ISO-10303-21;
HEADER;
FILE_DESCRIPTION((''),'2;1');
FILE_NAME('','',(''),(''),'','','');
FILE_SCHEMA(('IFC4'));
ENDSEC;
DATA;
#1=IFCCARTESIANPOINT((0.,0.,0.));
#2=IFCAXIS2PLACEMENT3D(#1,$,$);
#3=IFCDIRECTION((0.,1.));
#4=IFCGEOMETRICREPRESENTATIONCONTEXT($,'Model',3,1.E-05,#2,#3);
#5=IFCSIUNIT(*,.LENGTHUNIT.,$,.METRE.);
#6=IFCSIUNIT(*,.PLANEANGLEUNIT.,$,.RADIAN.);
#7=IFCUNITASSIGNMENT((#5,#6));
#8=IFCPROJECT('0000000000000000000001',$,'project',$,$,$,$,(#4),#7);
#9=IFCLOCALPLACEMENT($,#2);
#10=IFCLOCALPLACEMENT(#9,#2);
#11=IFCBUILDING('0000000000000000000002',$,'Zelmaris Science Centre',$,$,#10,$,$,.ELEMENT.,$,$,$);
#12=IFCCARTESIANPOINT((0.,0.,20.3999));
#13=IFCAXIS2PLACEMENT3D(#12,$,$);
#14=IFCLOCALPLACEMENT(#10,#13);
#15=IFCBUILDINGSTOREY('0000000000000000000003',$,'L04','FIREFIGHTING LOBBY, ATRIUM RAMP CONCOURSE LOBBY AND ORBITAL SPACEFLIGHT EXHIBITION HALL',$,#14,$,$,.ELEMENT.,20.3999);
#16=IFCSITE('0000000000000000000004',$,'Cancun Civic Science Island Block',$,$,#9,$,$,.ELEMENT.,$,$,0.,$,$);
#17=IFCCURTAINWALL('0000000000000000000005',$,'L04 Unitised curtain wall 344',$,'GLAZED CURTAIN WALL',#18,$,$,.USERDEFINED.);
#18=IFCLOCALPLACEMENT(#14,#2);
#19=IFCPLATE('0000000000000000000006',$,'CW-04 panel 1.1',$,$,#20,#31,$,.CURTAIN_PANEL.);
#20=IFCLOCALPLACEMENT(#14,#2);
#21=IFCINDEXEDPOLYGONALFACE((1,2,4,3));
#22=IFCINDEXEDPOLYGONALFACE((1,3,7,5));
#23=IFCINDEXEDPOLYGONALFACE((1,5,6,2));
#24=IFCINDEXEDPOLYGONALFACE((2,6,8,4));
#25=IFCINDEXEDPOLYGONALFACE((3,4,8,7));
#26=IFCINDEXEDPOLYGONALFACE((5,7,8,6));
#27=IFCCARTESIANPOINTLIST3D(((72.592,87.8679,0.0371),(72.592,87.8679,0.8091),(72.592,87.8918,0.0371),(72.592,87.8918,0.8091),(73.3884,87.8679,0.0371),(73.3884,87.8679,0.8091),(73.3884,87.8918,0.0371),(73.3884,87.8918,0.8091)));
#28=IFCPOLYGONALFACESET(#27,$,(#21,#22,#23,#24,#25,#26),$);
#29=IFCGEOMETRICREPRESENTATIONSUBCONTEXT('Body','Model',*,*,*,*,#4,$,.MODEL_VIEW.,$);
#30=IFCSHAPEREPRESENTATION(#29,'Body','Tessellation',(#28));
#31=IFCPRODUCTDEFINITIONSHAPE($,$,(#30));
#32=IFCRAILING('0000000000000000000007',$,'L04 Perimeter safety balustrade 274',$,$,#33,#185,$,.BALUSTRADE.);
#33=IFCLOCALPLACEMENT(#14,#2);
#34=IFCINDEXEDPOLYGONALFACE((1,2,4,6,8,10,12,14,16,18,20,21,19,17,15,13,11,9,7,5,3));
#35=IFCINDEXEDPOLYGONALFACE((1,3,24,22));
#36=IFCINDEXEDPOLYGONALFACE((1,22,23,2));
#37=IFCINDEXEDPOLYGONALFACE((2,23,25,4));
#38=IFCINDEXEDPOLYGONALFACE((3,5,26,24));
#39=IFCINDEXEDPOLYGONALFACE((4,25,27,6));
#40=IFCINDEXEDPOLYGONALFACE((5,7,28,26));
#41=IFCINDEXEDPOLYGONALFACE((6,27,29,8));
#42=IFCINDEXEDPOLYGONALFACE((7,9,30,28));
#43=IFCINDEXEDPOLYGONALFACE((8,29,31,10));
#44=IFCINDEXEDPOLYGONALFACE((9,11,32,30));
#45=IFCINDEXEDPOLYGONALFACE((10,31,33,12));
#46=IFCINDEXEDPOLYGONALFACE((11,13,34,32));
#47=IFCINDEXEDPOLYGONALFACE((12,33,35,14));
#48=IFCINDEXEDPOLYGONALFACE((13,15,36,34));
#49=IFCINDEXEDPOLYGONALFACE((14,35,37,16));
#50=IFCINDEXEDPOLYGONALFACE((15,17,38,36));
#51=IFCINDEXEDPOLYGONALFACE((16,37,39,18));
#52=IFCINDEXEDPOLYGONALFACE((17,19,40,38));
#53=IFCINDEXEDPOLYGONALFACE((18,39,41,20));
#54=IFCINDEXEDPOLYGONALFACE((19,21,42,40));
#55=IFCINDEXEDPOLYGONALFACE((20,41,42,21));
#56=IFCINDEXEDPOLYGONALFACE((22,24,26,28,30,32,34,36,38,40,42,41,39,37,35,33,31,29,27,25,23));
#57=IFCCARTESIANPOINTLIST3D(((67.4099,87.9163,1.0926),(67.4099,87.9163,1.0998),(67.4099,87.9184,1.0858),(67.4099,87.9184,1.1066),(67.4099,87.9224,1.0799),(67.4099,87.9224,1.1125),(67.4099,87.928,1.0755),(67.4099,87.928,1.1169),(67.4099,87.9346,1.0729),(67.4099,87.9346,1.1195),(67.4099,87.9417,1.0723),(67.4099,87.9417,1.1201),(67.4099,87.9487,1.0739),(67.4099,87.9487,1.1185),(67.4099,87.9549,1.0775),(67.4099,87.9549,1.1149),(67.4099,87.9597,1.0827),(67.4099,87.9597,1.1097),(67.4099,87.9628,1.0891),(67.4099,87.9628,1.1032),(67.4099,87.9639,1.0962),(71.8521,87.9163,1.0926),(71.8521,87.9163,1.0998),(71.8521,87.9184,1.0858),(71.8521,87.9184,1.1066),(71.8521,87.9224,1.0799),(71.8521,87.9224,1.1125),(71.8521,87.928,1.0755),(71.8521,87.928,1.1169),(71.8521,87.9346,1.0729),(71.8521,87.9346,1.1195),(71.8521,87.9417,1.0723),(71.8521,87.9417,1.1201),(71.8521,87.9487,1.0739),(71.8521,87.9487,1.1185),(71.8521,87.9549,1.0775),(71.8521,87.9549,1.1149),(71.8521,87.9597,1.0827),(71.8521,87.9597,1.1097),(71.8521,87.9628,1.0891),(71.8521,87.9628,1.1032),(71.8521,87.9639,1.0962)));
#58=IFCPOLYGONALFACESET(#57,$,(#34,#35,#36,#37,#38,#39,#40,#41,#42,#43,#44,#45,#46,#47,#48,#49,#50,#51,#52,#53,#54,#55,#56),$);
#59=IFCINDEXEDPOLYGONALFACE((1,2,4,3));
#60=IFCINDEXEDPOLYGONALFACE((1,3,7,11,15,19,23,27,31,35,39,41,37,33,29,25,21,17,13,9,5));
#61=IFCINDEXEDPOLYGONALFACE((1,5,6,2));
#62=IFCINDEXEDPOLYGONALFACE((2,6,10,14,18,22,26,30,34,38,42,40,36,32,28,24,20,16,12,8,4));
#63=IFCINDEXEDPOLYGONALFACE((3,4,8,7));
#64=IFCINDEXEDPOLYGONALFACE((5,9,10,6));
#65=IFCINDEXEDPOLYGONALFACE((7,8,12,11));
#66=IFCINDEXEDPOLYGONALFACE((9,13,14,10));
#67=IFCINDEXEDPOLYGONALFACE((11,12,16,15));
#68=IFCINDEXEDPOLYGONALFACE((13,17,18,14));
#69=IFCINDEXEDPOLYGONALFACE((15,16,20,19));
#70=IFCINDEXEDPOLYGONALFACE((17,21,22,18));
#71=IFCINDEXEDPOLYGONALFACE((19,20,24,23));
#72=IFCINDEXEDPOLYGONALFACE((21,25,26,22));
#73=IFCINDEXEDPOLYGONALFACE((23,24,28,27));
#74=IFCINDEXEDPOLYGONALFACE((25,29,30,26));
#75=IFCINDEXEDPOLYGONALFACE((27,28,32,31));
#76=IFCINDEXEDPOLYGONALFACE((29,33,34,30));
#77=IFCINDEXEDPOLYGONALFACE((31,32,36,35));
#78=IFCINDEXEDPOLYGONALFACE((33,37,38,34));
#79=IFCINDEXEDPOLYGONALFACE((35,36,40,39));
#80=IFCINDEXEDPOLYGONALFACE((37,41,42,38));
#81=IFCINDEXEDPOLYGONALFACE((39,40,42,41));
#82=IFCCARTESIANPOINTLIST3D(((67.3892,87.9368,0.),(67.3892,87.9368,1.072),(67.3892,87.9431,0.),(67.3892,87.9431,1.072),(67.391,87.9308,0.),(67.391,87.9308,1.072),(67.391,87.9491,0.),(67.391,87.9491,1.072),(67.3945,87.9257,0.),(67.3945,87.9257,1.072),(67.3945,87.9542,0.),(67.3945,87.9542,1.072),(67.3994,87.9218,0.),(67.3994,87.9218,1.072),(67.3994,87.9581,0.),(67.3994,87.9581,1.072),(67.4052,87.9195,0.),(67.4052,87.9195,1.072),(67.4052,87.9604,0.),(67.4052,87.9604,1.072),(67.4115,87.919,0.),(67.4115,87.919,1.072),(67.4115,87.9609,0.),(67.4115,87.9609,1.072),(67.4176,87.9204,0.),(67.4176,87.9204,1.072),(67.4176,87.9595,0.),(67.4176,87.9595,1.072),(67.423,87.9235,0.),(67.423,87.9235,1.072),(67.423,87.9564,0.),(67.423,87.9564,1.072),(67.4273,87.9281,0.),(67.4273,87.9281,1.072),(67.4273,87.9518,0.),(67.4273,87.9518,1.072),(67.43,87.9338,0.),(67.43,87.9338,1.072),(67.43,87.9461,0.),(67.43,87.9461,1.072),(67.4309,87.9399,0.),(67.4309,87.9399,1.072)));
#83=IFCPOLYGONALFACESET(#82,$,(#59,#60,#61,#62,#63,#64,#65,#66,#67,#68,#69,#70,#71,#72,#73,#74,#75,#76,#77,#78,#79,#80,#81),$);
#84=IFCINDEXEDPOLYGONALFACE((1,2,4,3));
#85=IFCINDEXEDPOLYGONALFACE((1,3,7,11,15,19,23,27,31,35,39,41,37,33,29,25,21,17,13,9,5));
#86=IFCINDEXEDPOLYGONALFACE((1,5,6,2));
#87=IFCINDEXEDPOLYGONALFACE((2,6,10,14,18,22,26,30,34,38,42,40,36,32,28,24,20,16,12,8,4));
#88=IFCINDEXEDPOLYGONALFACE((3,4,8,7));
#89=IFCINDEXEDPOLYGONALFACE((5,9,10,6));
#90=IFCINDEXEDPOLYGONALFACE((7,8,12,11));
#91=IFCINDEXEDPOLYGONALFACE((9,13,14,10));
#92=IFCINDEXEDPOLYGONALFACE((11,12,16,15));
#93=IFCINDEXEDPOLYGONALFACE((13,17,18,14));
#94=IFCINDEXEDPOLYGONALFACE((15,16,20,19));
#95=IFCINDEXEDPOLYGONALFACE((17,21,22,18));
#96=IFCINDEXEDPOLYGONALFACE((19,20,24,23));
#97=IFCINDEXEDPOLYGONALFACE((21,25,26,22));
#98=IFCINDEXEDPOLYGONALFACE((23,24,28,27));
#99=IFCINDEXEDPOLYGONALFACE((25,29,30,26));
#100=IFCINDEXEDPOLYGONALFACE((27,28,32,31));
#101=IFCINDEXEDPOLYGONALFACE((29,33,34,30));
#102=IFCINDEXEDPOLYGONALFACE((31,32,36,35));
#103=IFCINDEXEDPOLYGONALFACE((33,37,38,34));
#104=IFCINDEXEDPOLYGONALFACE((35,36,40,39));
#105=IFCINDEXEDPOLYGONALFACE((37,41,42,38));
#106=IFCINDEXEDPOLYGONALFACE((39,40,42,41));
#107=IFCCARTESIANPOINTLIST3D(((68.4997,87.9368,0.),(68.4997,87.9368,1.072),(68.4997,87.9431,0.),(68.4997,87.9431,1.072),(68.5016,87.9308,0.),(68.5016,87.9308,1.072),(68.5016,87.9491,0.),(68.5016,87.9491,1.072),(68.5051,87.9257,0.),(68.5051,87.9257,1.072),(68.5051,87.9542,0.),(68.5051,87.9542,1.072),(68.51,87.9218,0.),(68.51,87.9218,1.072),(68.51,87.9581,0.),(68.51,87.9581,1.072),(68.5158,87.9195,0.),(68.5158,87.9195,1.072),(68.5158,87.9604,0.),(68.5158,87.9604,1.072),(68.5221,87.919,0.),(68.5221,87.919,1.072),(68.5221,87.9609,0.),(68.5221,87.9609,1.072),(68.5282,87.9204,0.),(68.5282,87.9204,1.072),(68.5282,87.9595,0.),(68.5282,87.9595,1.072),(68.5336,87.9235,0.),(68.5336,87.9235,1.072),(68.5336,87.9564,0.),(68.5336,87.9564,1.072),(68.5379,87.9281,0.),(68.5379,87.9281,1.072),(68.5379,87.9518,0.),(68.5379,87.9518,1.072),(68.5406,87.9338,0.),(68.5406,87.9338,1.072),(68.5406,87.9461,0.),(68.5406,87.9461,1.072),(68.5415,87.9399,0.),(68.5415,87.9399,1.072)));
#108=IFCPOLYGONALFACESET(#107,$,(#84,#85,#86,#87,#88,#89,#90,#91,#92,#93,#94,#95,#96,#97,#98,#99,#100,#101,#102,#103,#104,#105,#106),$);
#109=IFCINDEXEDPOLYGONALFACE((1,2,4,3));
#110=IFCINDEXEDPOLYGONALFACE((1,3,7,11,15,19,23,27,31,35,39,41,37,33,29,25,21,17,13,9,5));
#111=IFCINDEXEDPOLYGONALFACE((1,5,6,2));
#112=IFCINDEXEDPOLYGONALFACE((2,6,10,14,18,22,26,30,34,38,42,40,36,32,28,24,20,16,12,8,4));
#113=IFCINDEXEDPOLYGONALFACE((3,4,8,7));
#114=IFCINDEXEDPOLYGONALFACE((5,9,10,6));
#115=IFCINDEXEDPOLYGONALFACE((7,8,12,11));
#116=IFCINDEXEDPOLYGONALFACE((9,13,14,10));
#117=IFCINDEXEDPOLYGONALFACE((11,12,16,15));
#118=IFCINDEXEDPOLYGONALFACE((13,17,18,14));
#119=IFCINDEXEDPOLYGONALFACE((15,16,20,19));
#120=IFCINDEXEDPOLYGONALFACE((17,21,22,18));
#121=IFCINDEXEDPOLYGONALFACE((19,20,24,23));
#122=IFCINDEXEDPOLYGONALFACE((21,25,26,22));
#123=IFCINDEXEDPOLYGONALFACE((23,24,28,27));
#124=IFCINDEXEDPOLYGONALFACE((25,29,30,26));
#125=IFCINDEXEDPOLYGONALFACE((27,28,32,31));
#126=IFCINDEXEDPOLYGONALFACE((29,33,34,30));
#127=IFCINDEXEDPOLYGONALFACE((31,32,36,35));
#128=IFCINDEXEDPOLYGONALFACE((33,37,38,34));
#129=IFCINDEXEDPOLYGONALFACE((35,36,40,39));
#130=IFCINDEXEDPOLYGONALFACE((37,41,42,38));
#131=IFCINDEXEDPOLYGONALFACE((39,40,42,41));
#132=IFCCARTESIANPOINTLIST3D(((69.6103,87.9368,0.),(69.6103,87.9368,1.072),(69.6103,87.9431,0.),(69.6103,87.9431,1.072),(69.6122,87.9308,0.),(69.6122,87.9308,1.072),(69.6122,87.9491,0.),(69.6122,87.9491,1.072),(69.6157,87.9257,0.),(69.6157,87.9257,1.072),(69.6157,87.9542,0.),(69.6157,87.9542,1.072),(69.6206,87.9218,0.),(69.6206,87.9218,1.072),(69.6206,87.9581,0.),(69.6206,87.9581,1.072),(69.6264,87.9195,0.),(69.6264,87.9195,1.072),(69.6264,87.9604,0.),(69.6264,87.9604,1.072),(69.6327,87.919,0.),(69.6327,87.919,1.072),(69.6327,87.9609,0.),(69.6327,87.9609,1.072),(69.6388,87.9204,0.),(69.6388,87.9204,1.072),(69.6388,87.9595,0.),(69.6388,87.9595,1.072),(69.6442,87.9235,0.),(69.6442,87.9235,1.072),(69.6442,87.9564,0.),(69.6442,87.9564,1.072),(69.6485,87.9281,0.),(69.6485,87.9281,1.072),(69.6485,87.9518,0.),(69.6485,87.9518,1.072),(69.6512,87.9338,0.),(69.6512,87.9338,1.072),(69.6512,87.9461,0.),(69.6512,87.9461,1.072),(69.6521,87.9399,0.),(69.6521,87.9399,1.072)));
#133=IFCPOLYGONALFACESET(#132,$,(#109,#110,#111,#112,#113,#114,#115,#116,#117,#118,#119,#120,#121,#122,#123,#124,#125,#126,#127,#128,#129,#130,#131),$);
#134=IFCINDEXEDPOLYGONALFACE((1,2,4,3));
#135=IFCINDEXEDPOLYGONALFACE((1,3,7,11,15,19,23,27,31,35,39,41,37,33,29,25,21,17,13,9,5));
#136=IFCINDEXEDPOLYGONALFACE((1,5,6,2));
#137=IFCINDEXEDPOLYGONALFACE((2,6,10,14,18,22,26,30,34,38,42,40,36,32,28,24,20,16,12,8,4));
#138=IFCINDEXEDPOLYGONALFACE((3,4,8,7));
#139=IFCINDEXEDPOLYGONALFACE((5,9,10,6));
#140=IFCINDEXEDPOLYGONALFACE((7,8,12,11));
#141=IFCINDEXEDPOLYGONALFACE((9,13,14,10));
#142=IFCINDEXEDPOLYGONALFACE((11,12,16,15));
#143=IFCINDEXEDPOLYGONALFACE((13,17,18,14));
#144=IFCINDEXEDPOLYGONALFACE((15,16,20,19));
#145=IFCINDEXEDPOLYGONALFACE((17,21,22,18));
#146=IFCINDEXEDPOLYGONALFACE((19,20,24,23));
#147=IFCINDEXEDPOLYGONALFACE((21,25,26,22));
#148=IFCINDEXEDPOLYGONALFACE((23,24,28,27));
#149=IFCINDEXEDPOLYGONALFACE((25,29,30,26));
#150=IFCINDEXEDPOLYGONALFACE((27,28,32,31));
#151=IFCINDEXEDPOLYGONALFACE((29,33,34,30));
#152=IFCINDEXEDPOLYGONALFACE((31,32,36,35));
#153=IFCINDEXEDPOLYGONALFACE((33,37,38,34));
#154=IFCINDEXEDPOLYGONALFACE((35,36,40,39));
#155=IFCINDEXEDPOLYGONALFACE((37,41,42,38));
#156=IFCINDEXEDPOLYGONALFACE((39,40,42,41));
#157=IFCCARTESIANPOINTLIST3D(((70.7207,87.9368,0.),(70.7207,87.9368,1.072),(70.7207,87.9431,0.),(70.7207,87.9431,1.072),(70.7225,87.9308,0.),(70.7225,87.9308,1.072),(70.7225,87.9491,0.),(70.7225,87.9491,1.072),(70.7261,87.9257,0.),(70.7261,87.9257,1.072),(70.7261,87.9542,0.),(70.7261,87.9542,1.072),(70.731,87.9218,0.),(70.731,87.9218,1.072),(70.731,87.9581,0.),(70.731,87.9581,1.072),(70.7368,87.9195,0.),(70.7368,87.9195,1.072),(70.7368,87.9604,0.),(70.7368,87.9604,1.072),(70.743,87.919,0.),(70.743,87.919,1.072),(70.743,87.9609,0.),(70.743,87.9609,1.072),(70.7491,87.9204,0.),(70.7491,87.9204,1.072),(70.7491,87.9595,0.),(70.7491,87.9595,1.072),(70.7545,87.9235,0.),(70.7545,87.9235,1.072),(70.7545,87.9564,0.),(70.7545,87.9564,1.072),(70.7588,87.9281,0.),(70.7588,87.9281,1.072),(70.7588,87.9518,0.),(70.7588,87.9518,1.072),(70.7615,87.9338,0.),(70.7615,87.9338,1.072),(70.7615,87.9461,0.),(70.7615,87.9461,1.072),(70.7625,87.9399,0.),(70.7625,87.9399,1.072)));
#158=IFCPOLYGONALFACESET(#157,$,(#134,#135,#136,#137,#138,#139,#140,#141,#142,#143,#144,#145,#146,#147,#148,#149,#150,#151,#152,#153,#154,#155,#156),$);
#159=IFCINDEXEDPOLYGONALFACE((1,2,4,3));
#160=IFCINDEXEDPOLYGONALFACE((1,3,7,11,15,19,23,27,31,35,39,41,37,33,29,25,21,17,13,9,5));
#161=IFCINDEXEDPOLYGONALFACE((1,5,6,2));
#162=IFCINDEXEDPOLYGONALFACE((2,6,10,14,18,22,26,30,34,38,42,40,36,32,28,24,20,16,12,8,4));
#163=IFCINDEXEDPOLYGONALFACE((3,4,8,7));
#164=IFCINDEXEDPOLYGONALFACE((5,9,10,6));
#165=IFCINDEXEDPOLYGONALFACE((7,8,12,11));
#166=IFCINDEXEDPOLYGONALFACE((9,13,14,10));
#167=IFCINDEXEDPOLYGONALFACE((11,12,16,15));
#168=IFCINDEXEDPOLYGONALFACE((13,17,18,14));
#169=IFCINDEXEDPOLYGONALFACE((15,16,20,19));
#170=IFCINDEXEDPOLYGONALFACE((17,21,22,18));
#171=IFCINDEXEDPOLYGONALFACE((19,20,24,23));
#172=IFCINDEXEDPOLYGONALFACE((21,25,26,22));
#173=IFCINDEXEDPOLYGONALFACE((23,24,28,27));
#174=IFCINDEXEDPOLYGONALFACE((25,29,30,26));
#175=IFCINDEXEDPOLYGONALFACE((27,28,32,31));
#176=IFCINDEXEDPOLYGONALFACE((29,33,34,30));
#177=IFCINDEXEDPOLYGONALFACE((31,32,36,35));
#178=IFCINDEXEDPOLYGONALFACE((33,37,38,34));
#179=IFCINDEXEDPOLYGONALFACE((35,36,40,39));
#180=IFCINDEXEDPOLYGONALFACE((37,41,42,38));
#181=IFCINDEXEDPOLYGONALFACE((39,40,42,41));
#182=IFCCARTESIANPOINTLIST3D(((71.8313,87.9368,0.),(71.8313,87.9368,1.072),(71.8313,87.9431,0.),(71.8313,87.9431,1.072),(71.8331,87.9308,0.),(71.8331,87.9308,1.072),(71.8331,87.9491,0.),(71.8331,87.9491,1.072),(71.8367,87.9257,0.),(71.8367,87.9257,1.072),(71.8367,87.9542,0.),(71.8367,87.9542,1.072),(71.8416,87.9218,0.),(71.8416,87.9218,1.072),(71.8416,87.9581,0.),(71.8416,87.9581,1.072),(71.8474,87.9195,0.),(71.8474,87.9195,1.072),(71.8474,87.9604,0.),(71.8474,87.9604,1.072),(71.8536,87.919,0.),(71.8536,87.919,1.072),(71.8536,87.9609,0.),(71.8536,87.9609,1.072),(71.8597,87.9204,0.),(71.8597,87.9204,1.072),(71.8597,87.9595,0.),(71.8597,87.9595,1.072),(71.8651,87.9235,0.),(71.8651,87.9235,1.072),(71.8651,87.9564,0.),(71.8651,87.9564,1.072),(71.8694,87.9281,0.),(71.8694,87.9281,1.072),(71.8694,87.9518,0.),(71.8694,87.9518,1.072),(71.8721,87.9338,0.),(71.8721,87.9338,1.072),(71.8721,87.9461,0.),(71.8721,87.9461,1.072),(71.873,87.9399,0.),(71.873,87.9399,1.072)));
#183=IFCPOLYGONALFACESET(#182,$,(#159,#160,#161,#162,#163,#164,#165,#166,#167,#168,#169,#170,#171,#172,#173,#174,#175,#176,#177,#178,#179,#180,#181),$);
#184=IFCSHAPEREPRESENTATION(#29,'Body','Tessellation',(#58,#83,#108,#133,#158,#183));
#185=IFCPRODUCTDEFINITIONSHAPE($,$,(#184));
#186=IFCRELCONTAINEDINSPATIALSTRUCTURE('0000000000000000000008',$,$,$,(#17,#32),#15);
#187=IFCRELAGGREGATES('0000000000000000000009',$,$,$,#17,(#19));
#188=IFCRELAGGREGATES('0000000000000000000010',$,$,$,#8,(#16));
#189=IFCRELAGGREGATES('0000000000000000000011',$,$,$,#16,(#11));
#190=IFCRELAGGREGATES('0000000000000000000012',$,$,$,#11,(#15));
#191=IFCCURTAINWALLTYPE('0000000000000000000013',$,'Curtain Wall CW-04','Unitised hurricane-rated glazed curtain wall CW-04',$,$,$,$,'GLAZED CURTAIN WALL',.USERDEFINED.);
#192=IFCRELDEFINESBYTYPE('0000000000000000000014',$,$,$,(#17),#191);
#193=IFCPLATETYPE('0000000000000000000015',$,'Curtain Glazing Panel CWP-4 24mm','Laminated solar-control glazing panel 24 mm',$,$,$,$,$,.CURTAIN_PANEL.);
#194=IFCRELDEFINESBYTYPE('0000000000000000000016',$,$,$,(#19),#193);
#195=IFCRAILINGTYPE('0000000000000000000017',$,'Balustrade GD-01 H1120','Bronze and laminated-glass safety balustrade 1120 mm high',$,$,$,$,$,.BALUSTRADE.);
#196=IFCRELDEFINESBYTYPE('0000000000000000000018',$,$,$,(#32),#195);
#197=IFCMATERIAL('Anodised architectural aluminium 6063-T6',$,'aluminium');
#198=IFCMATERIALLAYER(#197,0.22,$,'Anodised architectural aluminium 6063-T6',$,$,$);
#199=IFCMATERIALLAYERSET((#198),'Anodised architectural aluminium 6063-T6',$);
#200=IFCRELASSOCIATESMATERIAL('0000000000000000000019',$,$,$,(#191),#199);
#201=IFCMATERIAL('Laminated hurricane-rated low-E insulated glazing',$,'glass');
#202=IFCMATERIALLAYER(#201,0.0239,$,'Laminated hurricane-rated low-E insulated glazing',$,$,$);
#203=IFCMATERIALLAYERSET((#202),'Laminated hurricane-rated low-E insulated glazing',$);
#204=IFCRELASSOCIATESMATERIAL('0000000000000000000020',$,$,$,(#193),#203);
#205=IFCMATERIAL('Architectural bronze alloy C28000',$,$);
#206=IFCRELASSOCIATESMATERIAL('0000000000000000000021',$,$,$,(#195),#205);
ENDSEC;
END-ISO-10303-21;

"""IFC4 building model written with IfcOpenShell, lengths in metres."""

from ifc_helpers import new_model, si_unit, direction, frame, origin, origin_2d, place, context, subcontext, project, spatial, rectangle, circle, extrude, material, layer, layer_set, type_object, element, aggregate, save


model = new_model("IFC4")

# Units and contexts
model_context = context("Model", 3, precision=1e-05, world=origin(), true_north=direction((0.0, 1.0)))
body_context = subcontext(model_context, "Body", "Model", "MODEL_VIEW")
ifc_project = project(units=[si_unit("LENGTHUNIT", "METRE"), si_unit("PLANEANGLEUNIT", "RADIAN")], contexts=[model_context])

# Site, building, storey
site_placement = place(None, origin())
site = spatial("IfcSite", under=ifc_project, at=site_placement, Name="Cancun Civic Science Island Block", CompositionType="ELEMENT", RefElevation=0.0)
building_placement = place(site_placement, origin())
building = spatial("IfcBuilding", under=site, at=building_placement, Name="Zelmaris Science Centre", CompositionType="ELEMENT")
storey_placement = place(building_placement, frame((0.0, 0.0, 20.3999)))
storey = spatial("IfcBuildingStorey", under=building, at=storey_placement, Name="L04", Description="FIREFIGHTING LOBBY, ATRIUM RAMP CONCOURSE LOBBY AND ORBITAL SPACEFLIGHT EXHIBITION HALL", CompositionType="ELEMENT", Elevation=20.3999)

# Curtain wall
ifc_material_1 = material(Name="Anodised architectural aluminium 6063-T6", Category="aluminium")
ifc_layer_1 = layer(ifc_material_1, 0.22, Name="Anodised architectural aluminium 6063-T6")
ifc_layer_set_1 = layer_set([ifc_layer_1], Name="Anodised architectural aluminium 6063-T6")
curtain_wall_type_1 = type_object("IfcCurtainWallType", Name="Curtain Wall CW-04", Description="Unitised hurricane-rated glazed curtain wall CW-04", ElementType="GLAZED CURTAIN WALL", PredefinedType="USERDEFINED", material=ifc_layer_set_1)
curtain_wall_1_placement = place(storey_placement, origin())
curtain_wall_1 = element("IfcCurtainWall", 1, at=curtain_wall_1_placement, inside=storey, type_object=curtain_wall_type_1, Name="L04 Unitised curtain wall 344", ObjectType="GLAZED CURTAIN WALL", PredefinedType="USERDEFINED")

# Plate
ifc_material_2 = material(Name="Laminated hurricane-rated low-E insulated glazing", Category="glass")
ifc_layer_2 = layer(ifc_material_2, 0.0239, Name="Laminated hurricane-rated low-E insulated glazing")
ifc_layer_set_2 = layer_set([ifc_layer_2], Name="Laminated hurricane-rated low-E insulated glazing")
plate_type_1 = type_object("IfcPlateType", Name="Curtain Glazing Panel CWP-4 24mm", Description="Laminated solar-control glazing panel 24 mm", PredefinedType="CURTAIN_PANEL", material=ifc_layer_set_2)
plate_1_placement = place(storey_placement, frame((72.9902, 87.8799, 0.0371), z_axis=(0.0, 0.0, 1.0), x_axis=(1.0, 0.0, 0.0)))
plate_1 = element("IfcPlate", 2, at=plate_1_placement, type_object=plate_type_1, Name="CW-04 panel 1.1", PredefinedType="CURTAIN_PANEL", context=body_context, shape_type="SweptSolid", body=[
    extrude(rectangle(XDim=0.7964, YDim=0.0239, at=origin_2d()), origin(), (0.0, 0.0, 1.0), 0.772),
])
aggregate(curtain_wall_1, [plate_1])

# Railing
ifc_material_3 = material(Name="Architectural bronze alloy C28000")
railing_type = type_object("IfcRailingType", Name="Balustrade GD-01 H1120", Description="Bronze and laminated-glass safety balustrade 1120 mm high", PredefinedType="BALUSTRADE", material=ifc_material_3)
railing_1_placement = place(storey_placement, frame((67.4099, 87.9399, 0.0)))
element("IfcRailing", 3, at=railing_1_placement, inside=storey, type_object=railing_type, Name="L04 Perimeter safety balustrade 274", PredefinedType="BALUSTRADE", context=body_context, shape_type="SweptSolid", body=[
    extrude(circle(Radius=0.0239, at=origin_2d()), frame((0.0, 0.0, 1.0962), z_axis=(1.0, 0.0, 0.0), x_axis=(0.0, 1.0, 0.0)), (0.0, 0.0, 1.0), 4.4421),
    extrude(circle(Radius=0.021, at=origin_2d()), origin(), (0.0, 0.0, 1.0), 1.072),
    extrude(circle(Radius=0.021, at=origin_2d()), frame((1.1106, 0.0, 0.0)), (0.0, 0.0, 1.0), 1.072),
    extrude(circle(Radius=0.021, at=origin_2d()), frame((2.2212, 0.0, 0.0)), (0.0, 0.0, 1.0), 1.072),
    extrude(circle(Radius=0.021, at=origin_2d()), frame((3.3315, 0.0, 0.0)), (0.0, 0.0, 1.0), 1.072),
    extrude(circle(Radius=0.021, at=origin_2d()), frame((4.4421, 0.0, 0.0)), (0.0, 0.0, 1.0), 1.072),
])

save(model, "model.ifc")
